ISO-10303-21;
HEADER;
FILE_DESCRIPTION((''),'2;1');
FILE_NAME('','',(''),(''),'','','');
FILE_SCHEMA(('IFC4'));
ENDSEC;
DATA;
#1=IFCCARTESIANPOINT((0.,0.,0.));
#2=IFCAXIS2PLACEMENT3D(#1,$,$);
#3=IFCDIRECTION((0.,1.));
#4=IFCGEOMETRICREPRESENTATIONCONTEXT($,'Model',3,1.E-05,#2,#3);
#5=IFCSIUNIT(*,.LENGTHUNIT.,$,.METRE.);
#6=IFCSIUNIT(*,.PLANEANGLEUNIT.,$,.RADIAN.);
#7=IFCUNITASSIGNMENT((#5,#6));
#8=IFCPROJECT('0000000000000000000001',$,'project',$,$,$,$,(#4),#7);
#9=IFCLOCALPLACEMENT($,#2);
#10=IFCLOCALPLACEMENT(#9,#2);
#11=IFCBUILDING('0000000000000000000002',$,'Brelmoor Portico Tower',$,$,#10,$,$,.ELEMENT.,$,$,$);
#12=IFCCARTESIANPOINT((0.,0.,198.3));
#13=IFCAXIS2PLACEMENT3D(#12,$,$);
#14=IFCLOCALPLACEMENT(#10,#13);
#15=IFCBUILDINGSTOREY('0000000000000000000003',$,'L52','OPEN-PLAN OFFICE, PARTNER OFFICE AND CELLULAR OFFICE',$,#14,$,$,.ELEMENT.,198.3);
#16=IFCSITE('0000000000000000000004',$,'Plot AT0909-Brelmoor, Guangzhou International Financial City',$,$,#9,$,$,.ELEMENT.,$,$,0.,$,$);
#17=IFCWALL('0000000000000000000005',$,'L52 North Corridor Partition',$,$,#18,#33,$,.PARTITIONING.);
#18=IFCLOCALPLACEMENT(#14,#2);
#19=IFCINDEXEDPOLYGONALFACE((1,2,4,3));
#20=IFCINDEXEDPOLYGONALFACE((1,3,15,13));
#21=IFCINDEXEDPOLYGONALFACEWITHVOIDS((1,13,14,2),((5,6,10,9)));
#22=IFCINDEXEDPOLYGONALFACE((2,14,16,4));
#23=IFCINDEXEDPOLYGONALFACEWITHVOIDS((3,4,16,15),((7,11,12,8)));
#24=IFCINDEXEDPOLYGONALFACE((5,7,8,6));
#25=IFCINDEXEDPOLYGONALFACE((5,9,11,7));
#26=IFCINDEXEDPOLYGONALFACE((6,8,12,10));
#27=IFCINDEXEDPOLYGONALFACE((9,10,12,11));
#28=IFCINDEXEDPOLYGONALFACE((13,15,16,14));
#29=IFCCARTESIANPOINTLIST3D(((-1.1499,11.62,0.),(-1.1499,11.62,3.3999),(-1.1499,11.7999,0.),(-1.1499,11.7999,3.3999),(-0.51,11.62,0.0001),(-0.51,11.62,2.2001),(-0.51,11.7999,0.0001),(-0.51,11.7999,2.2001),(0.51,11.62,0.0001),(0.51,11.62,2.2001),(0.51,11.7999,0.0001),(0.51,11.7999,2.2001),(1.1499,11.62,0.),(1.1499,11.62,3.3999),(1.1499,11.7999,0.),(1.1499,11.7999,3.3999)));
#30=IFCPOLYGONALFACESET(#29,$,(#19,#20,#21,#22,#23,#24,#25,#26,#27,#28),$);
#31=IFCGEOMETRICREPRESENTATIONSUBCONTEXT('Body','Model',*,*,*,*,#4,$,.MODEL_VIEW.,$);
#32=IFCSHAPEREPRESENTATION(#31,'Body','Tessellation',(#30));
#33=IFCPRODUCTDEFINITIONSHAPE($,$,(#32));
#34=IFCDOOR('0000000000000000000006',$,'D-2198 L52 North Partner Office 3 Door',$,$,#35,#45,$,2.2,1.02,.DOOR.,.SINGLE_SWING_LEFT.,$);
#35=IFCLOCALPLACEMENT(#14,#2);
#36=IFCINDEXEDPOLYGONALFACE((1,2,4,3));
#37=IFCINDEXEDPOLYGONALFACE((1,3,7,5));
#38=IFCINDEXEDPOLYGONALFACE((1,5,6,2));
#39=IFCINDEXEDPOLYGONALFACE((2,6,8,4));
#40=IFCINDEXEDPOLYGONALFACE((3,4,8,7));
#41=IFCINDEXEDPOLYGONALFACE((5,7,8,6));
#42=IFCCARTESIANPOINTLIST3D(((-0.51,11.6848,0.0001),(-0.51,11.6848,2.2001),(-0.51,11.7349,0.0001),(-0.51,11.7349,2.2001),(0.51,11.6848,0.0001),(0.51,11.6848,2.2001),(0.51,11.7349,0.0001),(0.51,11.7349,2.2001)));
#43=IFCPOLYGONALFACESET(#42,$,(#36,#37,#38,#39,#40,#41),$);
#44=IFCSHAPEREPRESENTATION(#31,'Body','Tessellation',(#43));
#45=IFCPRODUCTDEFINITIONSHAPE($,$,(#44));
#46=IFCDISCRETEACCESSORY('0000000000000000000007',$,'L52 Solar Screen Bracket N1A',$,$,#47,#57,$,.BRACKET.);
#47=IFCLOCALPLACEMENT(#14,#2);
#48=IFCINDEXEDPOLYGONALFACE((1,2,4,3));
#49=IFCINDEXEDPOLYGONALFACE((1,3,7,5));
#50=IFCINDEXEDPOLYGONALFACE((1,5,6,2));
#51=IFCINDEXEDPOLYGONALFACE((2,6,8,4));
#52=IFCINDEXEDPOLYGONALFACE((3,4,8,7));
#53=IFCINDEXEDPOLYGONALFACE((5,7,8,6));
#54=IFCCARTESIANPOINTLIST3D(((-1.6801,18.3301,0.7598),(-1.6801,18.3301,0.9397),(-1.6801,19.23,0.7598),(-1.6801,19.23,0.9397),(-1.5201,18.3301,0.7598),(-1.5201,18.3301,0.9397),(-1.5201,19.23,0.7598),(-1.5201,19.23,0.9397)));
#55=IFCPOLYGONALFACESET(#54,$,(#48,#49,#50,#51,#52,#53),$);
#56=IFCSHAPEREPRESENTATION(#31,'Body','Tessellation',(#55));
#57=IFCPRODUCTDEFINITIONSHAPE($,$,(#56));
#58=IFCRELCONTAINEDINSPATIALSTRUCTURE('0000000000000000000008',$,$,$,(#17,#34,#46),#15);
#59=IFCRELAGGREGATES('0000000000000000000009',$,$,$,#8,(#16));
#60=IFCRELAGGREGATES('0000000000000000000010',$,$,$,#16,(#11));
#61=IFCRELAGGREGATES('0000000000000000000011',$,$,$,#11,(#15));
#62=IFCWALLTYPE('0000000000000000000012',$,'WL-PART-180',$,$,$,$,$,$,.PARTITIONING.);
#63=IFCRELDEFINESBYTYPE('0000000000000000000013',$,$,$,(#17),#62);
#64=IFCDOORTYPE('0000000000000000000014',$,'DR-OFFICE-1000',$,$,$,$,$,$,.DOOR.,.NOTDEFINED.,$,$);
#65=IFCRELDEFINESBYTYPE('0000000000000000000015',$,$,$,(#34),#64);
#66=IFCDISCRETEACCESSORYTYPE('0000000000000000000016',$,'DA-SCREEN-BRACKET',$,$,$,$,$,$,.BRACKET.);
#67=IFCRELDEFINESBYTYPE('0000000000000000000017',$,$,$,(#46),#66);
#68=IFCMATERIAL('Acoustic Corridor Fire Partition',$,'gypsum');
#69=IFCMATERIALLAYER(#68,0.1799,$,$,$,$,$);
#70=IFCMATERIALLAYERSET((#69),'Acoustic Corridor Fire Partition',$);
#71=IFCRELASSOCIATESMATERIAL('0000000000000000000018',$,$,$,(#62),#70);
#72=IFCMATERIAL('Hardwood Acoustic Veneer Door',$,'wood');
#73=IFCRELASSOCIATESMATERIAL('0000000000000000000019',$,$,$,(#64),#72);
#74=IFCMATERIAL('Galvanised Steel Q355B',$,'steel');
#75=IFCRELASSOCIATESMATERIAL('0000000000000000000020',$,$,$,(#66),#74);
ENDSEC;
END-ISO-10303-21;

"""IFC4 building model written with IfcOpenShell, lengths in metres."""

from ifc_helpers import new_model, si_unit, direction, frame, frame_2d, origin, origin_2d, place, context, subcontext, project, spatial, rectangle, extrude, material, layer, layer_set, type_object, element, fill, save


model = new_model("IFC4")

# Units and contexts
model_context = context("Model", 3, precision=1e-05, world=origin(), true_north=direction((0.0, 1.0)))
body_context = subcontext(model_context, "Body", "Model", "MODEL_VIEW")
ifc_project = project(units=[si_unit("LENGTHUNIT", "METRE"), si_unit("PLANEANGLEUNIT", "RADIAN")], contexts=[model_context])

# Site, building, storey
site_placement = place(None, origin())
site = spatial("IfcSite", under=ifc_project, at=site_placement, Name="Plot AT0909-Brelmoor, Guangzhou International Financial City", CompositionType="ELEMENT", RefElevation=0.0)
building_placement = place(site_placement, origin())
building = spatial("IfcBuilding", under=site, at=building_placement, Name="Brelmoor Portico Tower", CompositionType="ELEMENT")
storey_placement = place(building_placement, frame((0.0, 0.0, 198.3)))
storey = spatial("IfcBuildingStorey", under=building, at=storey_placement, Name="L52", Description="OPEN-PLAN OFFICE, PARTNER OFFICE AND CELLULAR OFFICE", CompositionType="ELEMENT", Elevation=198.3)

# Shared definitions
ifc_material_1 = material(Name="Acoustic Corridor Fire Partition", Category="gypsum")
ifc_layer_1 = layer(ifc_material_1, 0.1799)
ifc_layer_set_1 = layer_set([ifc_layer_1], Name="Acoustic Corridor Fire Partition")
wall_type_1 = type_object("IfcWallType", Name="WL-PART-180", PredefinedType="PARTITIONING", material=ifc_layer_set_1)

# Wall, opening, door
wall_1_placement = place(storey_placement, frame((-1.1499, 11.71, 0.0), z_axis=(0.0, 0.0, 1.0), x_axis=(1.0, 0.0, 0.0)))
wall_1 = element("IfcWall", 1, at=wall_1_placement, inside=storey, type_object=wall_type_1, Name="L52 North Corridor Partition", PredefinedType="PARTITIONING", context=body_context, shape_type="SweptSolid", body=[
    extrude(rectangle(XDim=2.2998, YDim=0.1799, at=frame_2d((1.1499, 0.0))), origin(), (0.0, 0.0, 1.0), 3.3999),
])
opening_1_placement = place(wall_1_placement, frame((0.6399, 0.0, 0.0)))
opening_1 = element("IfcOpeningElement", 2, at=opening_1_placement, cuts=wall_1, PredefinedType="OPENING", context=body_context, shape_type="SweptSolid", body=[
    extrude(rectangle(XDim=1.02, YDim=2.2, at=frame_2d((0.51, 1.1001))), frame((0.0, 0.0999, 0.0), z_axis=(0.0, -1.0, 0.0), x_axis=(1.0, 0.0, 0.0)), (0.0, 0.0, 1.0), 0.2),
])
ifc_material_2 = material(Name="Hardwood Acoustic Veneer Door", Category="wood")
door_type_1 = type_object("IfcDoorType", Name="DR-OFFICE-1000", OperationType="NOTDEFINED", PredefinedType="DOOR", material=ifc_material_2)
door_1_placement = place(opening_1_placement, origin())
door_1 = element("IfcDoor", 3, at=door_1_placement, inside=storey, type_object=door_type_1, Name="D-2198 L52 North Partner Office 3 Door", OperationType="SINGLE_SWING_LEFT", OverallHeight=2.2, OverallWidth=1.02, PredefinedType="DOOR", context=body_context, shape_type="SweptSolid", body=[
    extrude(rectangle(XDim=1.02, YDim=2.2, at=frame_2d((0.51, 1.1001))), frame((0.0, 0.0249, 0.0), z_axis=(0.0, -1.0, 0.0), x_axis=(1.0, 0.0, 0.0)), (0.0, 0.0, 1.0), 0.05),
])
fill(opening_1, door_1)

# Discrete accessory
ifc_material_3 = material(Name="Galvanised Steel Q355B", Category="steel")
discrete_accessory_type = type_object("IfcDiscreteAccessoryType", Name="DA-SCREEN-BRACKET", PredefinedType="BRACKET", material=ifc_material_3)
discrete_accessory_placement = place(storey_placement, frame((-1.6001, 18.78, 0.7598), z_axis=(0.0, 0.0, 1.0), x_axis=(1.0, 0.0, 0.0)))
element("IfcDiscreteAccessory", 4, at=discrete_accessory_placement, inside=storey, type_object=discrete_accessory_type, Name="L52 Solar Screen Bracket N1A", PredefinedType="BRACKET", context=body_context, shape_type="SweptSolid", body=[
    extrude(rectangle(XDim=0.1599, YDim=0.8999, at=origin_2d()), origin(), (0.0, 0.0, 1.0), 0.1799),
])

save(model, "model.ifc")
